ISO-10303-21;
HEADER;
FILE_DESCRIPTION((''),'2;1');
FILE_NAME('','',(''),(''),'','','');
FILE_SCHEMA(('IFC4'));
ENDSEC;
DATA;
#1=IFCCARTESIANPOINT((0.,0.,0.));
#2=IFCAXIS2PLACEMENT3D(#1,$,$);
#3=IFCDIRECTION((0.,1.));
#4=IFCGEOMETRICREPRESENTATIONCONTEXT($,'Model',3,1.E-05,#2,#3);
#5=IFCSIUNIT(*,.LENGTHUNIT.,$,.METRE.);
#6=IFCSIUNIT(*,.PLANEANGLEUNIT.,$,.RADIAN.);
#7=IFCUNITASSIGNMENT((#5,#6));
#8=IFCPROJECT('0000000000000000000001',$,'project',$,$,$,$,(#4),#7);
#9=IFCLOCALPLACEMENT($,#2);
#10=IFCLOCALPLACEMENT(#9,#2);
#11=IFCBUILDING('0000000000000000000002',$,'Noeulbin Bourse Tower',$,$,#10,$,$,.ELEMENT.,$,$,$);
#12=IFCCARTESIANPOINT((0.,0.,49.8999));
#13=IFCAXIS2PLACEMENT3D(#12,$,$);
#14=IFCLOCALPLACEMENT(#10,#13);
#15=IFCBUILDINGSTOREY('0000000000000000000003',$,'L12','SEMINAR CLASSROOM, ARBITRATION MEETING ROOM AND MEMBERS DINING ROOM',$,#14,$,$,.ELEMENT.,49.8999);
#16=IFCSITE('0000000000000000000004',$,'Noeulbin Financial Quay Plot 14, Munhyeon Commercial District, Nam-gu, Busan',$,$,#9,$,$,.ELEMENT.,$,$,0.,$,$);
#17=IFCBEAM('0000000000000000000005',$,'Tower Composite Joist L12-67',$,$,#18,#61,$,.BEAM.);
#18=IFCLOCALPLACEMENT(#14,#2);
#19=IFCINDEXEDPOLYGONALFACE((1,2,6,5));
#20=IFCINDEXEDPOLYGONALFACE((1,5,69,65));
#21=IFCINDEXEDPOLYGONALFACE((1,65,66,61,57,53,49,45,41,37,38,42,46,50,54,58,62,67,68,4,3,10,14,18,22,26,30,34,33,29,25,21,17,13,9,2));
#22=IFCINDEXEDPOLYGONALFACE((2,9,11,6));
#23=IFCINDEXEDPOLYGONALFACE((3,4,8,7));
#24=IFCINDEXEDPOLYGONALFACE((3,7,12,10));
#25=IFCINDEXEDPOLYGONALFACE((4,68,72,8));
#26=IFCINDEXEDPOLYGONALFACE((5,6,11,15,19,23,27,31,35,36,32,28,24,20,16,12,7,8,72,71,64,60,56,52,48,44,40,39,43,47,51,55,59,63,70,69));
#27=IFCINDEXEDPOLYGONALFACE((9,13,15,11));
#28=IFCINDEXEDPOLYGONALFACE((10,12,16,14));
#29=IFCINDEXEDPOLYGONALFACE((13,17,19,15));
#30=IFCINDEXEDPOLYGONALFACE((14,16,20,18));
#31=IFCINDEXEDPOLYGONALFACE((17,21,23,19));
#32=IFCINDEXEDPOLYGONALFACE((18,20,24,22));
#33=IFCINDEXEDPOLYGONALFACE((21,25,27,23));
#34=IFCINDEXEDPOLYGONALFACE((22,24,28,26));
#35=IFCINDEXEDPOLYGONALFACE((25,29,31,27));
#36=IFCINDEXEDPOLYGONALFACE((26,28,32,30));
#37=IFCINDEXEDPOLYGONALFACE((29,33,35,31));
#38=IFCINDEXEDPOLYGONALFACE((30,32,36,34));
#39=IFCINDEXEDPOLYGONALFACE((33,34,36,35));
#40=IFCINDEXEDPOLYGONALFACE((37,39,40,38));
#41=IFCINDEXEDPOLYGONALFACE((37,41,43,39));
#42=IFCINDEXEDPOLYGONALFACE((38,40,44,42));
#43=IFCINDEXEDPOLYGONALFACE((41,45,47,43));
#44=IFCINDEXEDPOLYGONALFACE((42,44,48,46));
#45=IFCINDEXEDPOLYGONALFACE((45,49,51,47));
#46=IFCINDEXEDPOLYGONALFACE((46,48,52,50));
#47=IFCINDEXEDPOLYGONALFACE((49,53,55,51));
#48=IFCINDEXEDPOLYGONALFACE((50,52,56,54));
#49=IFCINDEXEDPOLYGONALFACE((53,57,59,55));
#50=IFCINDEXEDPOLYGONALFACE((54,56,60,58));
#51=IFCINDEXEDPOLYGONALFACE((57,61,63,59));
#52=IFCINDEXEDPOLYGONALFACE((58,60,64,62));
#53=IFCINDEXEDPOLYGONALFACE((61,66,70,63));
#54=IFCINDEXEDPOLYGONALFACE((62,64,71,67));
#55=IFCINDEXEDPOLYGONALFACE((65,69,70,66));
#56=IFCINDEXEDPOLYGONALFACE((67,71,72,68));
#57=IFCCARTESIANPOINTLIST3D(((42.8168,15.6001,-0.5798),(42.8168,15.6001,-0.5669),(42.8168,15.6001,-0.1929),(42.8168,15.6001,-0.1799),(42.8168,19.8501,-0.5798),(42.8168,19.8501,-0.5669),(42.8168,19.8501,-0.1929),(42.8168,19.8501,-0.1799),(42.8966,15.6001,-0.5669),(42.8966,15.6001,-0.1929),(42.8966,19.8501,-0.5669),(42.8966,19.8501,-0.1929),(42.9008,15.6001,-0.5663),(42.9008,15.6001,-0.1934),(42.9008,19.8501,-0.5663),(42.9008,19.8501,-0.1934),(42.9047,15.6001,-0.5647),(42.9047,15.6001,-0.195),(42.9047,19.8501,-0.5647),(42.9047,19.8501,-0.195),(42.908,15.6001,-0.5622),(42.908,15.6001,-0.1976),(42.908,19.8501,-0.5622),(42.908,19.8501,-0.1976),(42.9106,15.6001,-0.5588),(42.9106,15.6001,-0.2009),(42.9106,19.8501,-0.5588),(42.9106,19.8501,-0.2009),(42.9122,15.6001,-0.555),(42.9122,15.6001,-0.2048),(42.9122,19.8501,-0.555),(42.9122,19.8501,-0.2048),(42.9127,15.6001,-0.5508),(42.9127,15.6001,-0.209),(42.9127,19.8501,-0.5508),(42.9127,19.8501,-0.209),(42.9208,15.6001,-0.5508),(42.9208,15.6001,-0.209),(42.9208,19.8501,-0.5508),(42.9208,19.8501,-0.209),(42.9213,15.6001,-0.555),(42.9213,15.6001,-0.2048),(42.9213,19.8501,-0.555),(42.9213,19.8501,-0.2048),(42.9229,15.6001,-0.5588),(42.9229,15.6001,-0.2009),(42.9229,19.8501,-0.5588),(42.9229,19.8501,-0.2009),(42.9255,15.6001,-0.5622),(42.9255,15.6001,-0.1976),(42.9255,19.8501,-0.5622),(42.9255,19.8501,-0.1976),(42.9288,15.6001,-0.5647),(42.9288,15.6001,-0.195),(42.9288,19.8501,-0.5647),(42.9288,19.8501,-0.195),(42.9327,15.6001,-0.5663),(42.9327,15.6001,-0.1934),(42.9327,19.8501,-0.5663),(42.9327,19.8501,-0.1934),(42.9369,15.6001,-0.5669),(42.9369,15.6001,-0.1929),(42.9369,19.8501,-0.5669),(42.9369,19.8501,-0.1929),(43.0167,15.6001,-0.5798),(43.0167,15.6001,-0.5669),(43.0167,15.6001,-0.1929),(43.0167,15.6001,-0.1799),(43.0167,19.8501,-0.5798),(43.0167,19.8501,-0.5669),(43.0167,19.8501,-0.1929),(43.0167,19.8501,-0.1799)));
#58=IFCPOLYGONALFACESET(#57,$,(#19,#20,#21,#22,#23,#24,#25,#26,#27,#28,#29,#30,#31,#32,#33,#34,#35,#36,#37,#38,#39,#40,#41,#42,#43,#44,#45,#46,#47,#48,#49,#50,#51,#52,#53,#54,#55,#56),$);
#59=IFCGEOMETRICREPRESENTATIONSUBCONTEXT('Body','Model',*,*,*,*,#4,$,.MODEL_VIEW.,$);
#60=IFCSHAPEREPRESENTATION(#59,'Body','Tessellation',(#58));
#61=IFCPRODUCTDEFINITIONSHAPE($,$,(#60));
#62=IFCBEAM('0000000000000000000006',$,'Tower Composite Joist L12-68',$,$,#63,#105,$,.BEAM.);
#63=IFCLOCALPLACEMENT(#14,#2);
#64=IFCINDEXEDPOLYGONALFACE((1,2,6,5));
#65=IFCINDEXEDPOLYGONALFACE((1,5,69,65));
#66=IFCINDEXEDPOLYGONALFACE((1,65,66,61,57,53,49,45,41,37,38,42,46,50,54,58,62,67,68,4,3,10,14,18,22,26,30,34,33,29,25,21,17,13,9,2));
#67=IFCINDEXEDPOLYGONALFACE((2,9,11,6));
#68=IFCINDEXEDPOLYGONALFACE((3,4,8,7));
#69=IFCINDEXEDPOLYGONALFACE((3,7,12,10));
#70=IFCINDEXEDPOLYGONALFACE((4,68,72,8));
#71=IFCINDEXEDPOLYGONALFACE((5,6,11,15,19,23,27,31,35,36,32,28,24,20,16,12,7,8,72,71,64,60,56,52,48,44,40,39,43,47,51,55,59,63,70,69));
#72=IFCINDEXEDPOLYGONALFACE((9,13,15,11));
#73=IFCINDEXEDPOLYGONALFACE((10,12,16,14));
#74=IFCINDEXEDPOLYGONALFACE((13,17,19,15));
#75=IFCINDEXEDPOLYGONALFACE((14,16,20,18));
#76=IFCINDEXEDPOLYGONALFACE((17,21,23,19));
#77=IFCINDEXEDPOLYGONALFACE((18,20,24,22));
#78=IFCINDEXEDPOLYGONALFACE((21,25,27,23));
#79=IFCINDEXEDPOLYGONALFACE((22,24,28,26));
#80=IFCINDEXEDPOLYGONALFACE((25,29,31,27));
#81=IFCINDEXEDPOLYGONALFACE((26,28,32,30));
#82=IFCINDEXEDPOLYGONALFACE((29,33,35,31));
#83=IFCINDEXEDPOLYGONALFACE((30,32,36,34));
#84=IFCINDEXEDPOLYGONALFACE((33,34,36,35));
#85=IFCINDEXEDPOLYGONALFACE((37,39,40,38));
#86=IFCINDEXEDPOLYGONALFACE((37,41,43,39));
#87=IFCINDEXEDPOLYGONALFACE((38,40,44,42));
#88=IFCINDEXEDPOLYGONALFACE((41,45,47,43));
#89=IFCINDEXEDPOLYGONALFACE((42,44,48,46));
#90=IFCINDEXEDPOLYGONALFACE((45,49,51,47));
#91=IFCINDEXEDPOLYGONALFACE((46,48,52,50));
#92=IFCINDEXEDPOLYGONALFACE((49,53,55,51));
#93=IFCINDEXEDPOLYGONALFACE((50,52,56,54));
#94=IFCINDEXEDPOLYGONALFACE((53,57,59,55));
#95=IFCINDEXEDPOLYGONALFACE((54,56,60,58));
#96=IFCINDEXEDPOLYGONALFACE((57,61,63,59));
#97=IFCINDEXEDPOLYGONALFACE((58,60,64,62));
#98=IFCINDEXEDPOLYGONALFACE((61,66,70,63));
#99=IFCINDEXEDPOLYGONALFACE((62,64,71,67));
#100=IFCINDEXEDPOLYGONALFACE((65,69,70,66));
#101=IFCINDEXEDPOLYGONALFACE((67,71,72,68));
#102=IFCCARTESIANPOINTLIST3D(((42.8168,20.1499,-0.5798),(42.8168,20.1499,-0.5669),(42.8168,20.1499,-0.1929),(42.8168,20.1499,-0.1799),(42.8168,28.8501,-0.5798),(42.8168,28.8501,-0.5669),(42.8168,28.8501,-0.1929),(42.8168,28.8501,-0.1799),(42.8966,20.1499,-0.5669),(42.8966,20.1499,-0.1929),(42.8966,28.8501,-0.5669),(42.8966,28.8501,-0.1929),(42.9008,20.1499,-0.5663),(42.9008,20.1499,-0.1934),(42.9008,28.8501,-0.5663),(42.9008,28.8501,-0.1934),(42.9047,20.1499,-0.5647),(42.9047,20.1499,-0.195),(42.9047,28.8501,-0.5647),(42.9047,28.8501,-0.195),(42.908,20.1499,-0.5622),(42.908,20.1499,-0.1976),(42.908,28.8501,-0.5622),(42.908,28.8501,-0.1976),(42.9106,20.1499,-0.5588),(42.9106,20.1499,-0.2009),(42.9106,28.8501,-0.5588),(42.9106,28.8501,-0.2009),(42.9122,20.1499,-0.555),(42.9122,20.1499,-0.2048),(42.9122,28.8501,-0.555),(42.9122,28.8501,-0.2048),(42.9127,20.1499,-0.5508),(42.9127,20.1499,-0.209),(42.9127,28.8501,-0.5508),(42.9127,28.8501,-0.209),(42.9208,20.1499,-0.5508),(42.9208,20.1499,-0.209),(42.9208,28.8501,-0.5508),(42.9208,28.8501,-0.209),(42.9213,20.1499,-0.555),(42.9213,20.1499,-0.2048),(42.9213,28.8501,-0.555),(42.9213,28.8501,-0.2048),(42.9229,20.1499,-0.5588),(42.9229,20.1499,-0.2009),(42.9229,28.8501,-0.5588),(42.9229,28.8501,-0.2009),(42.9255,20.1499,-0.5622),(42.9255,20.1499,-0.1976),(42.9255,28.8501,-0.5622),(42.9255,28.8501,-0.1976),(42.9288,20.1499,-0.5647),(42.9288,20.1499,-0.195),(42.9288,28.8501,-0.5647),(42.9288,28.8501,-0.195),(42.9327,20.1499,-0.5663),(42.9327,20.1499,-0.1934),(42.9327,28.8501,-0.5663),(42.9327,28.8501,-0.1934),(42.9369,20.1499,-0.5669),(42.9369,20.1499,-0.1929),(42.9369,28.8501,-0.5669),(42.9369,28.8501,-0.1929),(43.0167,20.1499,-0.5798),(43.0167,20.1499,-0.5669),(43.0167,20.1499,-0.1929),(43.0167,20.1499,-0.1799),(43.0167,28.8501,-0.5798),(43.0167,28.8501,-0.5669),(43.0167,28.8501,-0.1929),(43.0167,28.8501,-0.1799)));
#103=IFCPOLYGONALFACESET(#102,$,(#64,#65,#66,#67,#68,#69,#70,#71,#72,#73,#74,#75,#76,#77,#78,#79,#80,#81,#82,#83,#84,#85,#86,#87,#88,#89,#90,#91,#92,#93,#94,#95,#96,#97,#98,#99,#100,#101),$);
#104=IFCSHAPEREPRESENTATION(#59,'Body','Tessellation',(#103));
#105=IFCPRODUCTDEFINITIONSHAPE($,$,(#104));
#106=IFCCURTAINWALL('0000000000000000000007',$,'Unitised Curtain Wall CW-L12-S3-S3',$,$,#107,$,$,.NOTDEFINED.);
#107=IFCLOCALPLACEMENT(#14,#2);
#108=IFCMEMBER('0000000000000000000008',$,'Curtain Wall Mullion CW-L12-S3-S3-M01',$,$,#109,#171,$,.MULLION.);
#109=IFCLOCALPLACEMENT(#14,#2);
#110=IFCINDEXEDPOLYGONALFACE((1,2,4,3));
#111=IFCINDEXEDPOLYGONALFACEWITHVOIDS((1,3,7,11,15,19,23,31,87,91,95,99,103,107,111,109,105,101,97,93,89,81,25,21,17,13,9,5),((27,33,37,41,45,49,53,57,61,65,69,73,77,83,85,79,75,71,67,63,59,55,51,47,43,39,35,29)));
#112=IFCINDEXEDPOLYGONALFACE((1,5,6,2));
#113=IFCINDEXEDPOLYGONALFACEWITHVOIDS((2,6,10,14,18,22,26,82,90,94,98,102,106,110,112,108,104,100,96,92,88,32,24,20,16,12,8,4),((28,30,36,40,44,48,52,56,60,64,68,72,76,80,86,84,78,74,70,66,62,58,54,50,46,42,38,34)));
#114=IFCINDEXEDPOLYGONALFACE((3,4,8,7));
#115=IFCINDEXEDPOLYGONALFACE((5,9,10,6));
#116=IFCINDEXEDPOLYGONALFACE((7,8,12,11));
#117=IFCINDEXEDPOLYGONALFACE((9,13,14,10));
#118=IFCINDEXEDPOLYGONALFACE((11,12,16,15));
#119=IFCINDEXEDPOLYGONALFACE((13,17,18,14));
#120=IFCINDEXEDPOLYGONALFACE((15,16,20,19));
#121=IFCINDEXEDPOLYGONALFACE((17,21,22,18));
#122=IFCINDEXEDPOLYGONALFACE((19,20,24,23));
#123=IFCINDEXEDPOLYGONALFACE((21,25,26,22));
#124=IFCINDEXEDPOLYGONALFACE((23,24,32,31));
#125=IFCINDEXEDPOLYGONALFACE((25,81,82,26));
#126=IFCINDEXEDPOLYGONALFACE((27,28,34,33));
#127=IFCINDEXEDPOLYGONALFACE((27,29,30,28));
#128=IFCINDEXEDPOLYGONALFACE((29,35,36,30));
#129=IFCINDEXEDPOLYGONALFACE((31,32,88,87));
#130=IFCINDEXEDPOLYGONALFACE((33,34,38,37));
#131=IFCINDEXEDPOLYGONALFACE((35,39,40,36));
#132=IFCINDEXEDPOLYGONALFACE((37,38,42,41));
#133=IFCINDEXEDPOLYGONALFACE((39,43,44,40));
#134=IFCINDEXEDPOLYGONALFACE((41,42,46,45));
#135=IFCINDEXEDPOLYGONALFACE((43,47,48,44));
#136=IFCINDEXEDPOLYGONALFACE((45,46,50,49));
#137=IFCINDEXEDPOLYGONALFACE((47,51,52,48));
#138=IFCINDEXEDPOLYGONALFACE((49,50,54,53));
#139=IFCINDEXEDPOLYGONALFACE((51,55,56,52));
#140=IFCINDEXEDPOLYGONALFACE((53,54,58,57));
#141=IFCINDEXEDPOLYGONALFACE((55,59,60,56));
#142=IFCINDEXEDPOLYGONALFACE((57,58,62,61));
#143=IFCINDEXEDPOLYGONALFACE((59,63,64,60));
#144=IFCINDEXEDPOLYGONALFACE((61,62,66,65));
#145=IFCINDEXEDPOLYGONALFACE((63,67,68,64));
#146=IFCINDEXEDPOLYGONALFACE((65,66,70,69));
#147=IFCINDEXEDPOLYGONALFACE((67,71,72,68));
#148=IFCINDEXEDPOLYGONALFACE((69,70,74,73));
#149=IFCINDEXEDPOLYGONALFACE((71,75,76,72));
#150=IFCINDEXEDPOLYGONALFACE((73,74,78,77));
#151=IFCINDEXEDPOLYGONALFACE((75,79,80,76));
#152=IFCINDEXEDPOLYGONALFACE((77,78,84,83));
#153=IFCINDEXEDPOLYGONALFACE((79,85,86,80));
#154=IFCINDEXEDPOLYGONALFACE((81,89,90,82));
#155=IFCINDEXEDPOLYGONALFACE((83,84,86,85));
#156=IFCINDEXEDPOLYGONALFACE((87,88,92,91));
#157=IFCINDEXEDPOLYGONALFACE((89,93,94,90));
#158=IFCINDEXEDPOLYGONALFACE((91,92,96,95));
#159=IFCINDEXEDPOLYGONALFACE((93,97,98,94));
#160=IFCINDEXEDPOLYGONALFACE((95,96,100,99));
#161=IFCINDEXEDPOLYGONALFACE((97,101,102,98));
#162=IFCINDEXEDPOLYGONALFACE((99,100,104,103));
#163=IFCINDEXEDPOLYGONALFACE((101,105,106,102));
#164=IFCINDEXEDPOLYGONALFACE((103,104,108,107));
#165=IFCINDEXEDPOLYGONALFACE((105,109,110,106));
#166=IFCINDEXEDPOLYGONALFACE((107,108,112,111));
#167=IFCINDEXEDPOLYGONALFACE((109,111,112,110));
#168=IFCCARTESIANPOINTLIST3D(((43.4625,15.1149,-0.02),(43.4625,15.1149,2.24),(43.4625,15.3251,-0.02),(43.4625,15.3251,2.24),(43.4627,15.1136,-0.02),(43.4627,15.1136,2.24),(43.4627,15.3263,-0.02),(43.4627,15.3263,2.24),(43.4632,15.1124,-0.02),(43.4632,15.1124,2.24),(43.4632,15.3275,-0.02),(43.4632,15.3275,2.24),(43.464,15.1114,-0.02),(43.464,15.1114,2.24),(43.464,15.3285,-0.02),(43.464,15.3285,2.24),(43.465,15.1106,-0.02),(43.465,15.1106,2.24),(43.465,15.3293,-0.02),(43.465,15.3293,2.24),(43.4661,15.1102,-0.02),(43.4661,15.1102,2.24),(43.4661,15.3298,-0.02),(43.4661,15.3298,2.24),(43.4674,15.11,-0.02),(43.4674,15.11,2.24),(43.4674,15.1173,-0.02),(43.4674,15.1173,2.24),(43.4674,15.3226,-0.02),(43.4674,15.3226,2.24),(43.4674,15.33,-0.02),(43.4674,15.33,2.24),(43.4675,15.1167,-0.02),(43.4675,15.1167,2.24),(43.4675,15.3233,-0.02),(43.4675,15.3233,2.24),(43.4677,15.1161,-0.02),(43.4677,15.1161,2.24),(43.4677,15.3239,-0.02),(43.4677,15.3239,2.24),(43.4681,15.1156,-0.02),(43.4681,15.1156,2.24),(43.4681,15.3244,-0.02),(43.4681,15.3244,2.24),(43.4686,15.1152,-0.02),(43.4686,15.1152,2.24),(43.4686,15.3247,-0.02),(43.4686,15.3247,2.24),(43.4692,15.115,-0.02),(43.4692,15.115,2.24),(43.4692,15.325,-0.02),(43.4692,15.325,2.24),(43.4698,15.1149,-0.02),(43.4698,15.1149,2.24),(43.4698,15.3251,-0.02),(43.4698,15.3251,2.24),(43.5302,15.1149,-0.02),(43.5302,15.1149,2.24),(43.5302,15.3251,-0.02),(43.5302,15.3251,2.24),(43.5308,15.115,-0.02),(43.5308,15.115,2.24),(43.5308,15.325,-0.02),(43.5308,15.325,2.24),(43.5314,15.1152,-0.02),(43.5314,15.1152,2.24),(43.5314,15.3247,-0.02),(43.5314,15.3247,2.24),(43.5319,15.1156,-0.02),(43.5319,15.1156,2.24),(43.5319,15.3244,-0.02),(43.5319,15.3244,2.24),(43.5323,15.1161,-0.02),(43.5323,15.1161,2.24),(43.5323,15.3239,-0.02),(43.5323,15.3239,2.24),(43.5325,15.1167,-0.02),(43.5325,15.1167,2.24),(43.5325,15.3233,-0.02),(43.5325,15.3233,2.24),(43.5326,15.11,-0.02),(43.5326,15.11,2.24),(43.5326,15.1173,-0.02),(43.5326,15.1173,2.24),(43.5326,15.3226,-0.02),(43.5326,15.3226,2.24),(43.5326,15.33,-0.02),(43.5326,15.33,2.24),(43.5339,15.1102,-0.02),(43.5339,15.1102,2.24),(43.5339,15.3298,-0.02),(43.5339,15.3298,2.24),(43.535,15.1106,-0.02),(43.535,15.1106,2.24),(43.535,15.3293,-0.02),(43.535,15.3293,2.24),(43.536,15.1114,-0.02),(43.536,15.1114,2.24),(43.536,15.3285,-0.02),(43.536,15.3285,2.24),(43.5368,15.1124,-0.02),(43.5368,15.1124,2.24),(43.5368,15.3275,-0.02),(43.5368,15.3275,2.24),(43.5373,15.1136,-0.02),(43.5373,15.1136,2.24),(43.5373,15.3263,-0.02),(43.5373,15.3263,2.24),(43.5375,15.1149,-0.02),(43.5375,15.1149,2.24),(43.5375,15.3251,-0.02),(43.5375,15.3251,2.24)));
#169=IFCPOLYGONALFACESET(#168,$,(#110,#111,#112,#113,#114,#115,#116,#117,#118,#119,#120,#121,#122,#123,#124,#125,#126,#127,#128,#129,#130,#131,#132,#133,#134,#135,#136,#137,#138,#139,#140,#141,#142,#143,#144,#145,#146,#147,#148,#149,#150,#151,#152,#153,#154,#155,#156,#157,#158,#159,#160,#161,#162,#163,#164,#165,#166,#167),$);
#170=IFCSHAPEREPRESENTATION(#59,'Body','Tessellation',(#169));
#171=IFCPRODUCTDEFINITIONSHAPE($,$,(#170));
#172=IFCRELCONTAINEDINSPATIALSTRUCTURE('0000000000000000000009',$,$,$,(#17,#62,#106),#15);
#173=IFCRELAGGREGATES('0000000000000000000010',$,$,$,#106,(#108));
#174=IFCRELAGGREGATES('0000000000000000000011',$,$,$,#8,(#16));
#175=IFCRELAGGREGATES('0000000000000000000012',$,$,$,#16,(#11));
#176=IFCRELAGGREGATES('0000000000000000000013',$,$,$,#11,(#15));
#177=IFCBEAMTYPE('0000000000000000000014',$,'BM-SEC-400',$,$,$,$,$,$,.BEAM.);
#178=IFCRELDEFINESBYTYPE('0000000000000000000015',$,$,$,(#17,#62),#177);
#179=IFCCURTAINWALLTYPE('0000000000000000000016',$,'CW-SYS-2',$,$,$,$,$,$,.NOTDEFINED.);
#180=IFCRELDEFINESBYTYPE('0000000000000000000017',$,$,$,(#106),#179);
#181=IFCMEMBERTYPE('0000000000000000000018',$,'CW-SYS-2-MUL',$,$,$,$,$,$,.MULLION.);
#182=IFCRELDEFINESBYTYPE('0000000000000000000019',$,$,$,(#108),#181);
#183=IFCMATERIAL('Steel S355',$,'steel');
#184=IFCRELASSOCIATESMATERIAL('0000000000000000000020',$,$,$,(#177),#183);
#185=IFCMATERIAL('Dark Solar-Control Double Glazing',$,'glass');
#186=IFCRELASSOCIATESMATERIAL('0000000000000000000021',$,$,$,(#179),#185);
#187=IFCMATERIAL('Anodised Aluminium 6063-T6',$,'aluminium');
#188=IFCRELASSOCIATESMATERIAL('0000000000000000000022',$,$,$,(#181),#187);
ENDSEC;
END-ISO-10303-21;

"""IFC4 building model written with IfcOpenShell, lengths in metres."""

from ifc_helpers import new_model, si_unit, direction, frame, origin, origin_2d, place, context, subcontext, project, spatial, hollow_rectangle, i_section, extrude, material, material_profile, profile_set, type_object, element, aggregate, save


model = new_model("IFC4")

# Units and contexts
model_context = context("Model", 3, precision=1e-05, world=origin(), true_north=direction((0.0, 1.0)))
body_context = subcontext(model_context, "Body", "Model", "MODEL_VIEW")
ifc_project = project(units=[si_unit("LENGTHUNIT", "METRE"), si_unit("PLANEANGLEUNIT", "RADIAN")], contexts=[model_context])

# Site, building, storey
site_placement = place(None, origin())
site = spatial("IfcSite", under=ifc_project, at=site_placement, Name="Noeulbin Financial Quay Plot 14, Munhyeon Commercial District, Nam-gu, Busan", CompositionType="ELEMENT", RefElevation=0.0)
building_placement = place(site_placement, origin())
building = spatial("IfcBuilding", under=site, at=building_placement, Name="Noeulbin Bourse Tower", CompositionType="ELEMENT")
storey_placement = place(building_placement, frame((0.0, 0.0, 49.8999)))
storey = spatial("IfcBuildingStorey", under=building, at=storey_placement, Name="L12", Description="SEMINAR CLASSROOM, ARBITRATION MEETING ROOM AND MEMBERS DINING ROOM", CompositionType="ELEMENT", Elevation=49.8999)

# Beams
ifc_material_1 = material(Name="Steel S355", Category="steel")
ifc_material_profile_1 = material_profile(ifc_material_1, i_section(OverallWidth=0.2, OverallDepth=0.3999, WebThickness=0.0081, FlangeThickness=0.0129, FilletRadius=0.0161, at=origin_2d()), Name="H-400x200x8x13", Category="LoadBearing")
ifc_profile_set_1 = profile_set([ifc_material_profile_1], Name="Steel S355")
beam_type_1 = type_object("IfcBeamType", Name="BM-SEC-400", PredefinedType="BEAM", material=ifc_profile_set_1)
beam_1_placement = place(storey_placement, frame((42.9167, 15.6001, -0.3799), z_axis=(0.0, 1.0, 0.0), x_axis=(-1.0, 0.0, 0.0)))
element("IfcBeam", 1, at=beam_1_placement, inside=storey, type_object=beam_type_1, Name="Tower Composite Joist L12-67", PredefinedType="BEAM", context=body_context, shape_type="SweptSolid", body=[
    extrude(i_section(OverallWidth=0.2, OverallDepth=0.3999, WebThickness=0.0081, FlangeThickness=0.0129, FilletRadius=0.0161, at=origin_2d()), origin(), (0.0, 0.0, 1.0), 4.25),
])
beam_2_placement = place(storey_placement, frame((42.9167, 20.1499, -0.3799), z_axis=(0.0, 1.0, 0.0), x_axis=(-1.0, 0.0, 0.0)))
element("IfcBeam", 2, at=beam_2_placement, inside=storey, type_object=beam_type_1, Name="Tower Composite Joist L12-68", PredefinedType="BEAM", context=body_context, shape_type="SweptSolid", body=[
    extrude(i_section(OverallWidth=0.2, OverallDepth=0.3999, WebThickness=0.0081, FlangeThickness=0.0129, FilletRadius=0.0161, at=origin_2d()), origin(), (0.0, 0.0, 1.0), 8.7002),
])

# Curtain wall, member
ifc_material_2 = material(Name="Dark Solar-Control Double Glazing", Category="glass")
curtain_wall_type = type_object("IfcCurtainWallType", Name="CW-SYS-2", PredefinedType="NOTDEFINED", material=ifc_material_2)
curtain_wall_1_placement = place(storey_placement, origin())
curtain_wall_1 = element("IfcCurtainWall", 3, at=curtain_wall_1_placement, inside=storey, type_object=curtain_wall_type, Name="Unitised Curtain Wall CW-L12-S3-S3", PredefinedType="NOTDEFINED")
ifc_material_3 = material(Name="Anodised Aluminium 6063-T6", Category="aluminium")
ifc_material_profile_2 = material_profile(ifc_material_3, hollow_rectangle(XDim=0.075, YDim=0.22, WallThickness=0.0049, InnerFilletRadius=0.0024, OuterFilletRadius=0.0049, at=origin_2d()), Name="ALU-MULL-75x220x5", Category="LoadBearing")
ifc_profile_set_2 = profile_set([ifc_material_profile_2], Name="Anodised Aluminium 6063-T6")
member_type_1 = type_object("IfcMemberType", Name="CW-SYS-2-MUL", PredefinedType="MULLION", material=ifc_profile_set_2)
member_1_placement = place(storey_placement, frame((43.5, 15.22, -0.02), z_axis=(0.0, 0.0, 1.0), x_axis=(1.0, 0.0, 0.0)))
member_1 = element("IfcMember", 4, at=member_1_placement, type_object=member_type_1, Name="Curtain Wall Mullion CW-L12-S3-S3-M01", PredefinedType="MULLION", context=body_context, shape_type="SweptSolid", body=[
    extrude(hollow_rectangle(XDim=0.075, YDim=0.22, WallThickness=0.0049, InnerFilletRadius=0.0024, OuterFilletRadius=0.0049, at=origin_2d()), origin(), (0.0, 0.0, 1.0), 2.26),
])

aggregate(curtain_wall_1, [member_1])

save(model, "model.ifc")
